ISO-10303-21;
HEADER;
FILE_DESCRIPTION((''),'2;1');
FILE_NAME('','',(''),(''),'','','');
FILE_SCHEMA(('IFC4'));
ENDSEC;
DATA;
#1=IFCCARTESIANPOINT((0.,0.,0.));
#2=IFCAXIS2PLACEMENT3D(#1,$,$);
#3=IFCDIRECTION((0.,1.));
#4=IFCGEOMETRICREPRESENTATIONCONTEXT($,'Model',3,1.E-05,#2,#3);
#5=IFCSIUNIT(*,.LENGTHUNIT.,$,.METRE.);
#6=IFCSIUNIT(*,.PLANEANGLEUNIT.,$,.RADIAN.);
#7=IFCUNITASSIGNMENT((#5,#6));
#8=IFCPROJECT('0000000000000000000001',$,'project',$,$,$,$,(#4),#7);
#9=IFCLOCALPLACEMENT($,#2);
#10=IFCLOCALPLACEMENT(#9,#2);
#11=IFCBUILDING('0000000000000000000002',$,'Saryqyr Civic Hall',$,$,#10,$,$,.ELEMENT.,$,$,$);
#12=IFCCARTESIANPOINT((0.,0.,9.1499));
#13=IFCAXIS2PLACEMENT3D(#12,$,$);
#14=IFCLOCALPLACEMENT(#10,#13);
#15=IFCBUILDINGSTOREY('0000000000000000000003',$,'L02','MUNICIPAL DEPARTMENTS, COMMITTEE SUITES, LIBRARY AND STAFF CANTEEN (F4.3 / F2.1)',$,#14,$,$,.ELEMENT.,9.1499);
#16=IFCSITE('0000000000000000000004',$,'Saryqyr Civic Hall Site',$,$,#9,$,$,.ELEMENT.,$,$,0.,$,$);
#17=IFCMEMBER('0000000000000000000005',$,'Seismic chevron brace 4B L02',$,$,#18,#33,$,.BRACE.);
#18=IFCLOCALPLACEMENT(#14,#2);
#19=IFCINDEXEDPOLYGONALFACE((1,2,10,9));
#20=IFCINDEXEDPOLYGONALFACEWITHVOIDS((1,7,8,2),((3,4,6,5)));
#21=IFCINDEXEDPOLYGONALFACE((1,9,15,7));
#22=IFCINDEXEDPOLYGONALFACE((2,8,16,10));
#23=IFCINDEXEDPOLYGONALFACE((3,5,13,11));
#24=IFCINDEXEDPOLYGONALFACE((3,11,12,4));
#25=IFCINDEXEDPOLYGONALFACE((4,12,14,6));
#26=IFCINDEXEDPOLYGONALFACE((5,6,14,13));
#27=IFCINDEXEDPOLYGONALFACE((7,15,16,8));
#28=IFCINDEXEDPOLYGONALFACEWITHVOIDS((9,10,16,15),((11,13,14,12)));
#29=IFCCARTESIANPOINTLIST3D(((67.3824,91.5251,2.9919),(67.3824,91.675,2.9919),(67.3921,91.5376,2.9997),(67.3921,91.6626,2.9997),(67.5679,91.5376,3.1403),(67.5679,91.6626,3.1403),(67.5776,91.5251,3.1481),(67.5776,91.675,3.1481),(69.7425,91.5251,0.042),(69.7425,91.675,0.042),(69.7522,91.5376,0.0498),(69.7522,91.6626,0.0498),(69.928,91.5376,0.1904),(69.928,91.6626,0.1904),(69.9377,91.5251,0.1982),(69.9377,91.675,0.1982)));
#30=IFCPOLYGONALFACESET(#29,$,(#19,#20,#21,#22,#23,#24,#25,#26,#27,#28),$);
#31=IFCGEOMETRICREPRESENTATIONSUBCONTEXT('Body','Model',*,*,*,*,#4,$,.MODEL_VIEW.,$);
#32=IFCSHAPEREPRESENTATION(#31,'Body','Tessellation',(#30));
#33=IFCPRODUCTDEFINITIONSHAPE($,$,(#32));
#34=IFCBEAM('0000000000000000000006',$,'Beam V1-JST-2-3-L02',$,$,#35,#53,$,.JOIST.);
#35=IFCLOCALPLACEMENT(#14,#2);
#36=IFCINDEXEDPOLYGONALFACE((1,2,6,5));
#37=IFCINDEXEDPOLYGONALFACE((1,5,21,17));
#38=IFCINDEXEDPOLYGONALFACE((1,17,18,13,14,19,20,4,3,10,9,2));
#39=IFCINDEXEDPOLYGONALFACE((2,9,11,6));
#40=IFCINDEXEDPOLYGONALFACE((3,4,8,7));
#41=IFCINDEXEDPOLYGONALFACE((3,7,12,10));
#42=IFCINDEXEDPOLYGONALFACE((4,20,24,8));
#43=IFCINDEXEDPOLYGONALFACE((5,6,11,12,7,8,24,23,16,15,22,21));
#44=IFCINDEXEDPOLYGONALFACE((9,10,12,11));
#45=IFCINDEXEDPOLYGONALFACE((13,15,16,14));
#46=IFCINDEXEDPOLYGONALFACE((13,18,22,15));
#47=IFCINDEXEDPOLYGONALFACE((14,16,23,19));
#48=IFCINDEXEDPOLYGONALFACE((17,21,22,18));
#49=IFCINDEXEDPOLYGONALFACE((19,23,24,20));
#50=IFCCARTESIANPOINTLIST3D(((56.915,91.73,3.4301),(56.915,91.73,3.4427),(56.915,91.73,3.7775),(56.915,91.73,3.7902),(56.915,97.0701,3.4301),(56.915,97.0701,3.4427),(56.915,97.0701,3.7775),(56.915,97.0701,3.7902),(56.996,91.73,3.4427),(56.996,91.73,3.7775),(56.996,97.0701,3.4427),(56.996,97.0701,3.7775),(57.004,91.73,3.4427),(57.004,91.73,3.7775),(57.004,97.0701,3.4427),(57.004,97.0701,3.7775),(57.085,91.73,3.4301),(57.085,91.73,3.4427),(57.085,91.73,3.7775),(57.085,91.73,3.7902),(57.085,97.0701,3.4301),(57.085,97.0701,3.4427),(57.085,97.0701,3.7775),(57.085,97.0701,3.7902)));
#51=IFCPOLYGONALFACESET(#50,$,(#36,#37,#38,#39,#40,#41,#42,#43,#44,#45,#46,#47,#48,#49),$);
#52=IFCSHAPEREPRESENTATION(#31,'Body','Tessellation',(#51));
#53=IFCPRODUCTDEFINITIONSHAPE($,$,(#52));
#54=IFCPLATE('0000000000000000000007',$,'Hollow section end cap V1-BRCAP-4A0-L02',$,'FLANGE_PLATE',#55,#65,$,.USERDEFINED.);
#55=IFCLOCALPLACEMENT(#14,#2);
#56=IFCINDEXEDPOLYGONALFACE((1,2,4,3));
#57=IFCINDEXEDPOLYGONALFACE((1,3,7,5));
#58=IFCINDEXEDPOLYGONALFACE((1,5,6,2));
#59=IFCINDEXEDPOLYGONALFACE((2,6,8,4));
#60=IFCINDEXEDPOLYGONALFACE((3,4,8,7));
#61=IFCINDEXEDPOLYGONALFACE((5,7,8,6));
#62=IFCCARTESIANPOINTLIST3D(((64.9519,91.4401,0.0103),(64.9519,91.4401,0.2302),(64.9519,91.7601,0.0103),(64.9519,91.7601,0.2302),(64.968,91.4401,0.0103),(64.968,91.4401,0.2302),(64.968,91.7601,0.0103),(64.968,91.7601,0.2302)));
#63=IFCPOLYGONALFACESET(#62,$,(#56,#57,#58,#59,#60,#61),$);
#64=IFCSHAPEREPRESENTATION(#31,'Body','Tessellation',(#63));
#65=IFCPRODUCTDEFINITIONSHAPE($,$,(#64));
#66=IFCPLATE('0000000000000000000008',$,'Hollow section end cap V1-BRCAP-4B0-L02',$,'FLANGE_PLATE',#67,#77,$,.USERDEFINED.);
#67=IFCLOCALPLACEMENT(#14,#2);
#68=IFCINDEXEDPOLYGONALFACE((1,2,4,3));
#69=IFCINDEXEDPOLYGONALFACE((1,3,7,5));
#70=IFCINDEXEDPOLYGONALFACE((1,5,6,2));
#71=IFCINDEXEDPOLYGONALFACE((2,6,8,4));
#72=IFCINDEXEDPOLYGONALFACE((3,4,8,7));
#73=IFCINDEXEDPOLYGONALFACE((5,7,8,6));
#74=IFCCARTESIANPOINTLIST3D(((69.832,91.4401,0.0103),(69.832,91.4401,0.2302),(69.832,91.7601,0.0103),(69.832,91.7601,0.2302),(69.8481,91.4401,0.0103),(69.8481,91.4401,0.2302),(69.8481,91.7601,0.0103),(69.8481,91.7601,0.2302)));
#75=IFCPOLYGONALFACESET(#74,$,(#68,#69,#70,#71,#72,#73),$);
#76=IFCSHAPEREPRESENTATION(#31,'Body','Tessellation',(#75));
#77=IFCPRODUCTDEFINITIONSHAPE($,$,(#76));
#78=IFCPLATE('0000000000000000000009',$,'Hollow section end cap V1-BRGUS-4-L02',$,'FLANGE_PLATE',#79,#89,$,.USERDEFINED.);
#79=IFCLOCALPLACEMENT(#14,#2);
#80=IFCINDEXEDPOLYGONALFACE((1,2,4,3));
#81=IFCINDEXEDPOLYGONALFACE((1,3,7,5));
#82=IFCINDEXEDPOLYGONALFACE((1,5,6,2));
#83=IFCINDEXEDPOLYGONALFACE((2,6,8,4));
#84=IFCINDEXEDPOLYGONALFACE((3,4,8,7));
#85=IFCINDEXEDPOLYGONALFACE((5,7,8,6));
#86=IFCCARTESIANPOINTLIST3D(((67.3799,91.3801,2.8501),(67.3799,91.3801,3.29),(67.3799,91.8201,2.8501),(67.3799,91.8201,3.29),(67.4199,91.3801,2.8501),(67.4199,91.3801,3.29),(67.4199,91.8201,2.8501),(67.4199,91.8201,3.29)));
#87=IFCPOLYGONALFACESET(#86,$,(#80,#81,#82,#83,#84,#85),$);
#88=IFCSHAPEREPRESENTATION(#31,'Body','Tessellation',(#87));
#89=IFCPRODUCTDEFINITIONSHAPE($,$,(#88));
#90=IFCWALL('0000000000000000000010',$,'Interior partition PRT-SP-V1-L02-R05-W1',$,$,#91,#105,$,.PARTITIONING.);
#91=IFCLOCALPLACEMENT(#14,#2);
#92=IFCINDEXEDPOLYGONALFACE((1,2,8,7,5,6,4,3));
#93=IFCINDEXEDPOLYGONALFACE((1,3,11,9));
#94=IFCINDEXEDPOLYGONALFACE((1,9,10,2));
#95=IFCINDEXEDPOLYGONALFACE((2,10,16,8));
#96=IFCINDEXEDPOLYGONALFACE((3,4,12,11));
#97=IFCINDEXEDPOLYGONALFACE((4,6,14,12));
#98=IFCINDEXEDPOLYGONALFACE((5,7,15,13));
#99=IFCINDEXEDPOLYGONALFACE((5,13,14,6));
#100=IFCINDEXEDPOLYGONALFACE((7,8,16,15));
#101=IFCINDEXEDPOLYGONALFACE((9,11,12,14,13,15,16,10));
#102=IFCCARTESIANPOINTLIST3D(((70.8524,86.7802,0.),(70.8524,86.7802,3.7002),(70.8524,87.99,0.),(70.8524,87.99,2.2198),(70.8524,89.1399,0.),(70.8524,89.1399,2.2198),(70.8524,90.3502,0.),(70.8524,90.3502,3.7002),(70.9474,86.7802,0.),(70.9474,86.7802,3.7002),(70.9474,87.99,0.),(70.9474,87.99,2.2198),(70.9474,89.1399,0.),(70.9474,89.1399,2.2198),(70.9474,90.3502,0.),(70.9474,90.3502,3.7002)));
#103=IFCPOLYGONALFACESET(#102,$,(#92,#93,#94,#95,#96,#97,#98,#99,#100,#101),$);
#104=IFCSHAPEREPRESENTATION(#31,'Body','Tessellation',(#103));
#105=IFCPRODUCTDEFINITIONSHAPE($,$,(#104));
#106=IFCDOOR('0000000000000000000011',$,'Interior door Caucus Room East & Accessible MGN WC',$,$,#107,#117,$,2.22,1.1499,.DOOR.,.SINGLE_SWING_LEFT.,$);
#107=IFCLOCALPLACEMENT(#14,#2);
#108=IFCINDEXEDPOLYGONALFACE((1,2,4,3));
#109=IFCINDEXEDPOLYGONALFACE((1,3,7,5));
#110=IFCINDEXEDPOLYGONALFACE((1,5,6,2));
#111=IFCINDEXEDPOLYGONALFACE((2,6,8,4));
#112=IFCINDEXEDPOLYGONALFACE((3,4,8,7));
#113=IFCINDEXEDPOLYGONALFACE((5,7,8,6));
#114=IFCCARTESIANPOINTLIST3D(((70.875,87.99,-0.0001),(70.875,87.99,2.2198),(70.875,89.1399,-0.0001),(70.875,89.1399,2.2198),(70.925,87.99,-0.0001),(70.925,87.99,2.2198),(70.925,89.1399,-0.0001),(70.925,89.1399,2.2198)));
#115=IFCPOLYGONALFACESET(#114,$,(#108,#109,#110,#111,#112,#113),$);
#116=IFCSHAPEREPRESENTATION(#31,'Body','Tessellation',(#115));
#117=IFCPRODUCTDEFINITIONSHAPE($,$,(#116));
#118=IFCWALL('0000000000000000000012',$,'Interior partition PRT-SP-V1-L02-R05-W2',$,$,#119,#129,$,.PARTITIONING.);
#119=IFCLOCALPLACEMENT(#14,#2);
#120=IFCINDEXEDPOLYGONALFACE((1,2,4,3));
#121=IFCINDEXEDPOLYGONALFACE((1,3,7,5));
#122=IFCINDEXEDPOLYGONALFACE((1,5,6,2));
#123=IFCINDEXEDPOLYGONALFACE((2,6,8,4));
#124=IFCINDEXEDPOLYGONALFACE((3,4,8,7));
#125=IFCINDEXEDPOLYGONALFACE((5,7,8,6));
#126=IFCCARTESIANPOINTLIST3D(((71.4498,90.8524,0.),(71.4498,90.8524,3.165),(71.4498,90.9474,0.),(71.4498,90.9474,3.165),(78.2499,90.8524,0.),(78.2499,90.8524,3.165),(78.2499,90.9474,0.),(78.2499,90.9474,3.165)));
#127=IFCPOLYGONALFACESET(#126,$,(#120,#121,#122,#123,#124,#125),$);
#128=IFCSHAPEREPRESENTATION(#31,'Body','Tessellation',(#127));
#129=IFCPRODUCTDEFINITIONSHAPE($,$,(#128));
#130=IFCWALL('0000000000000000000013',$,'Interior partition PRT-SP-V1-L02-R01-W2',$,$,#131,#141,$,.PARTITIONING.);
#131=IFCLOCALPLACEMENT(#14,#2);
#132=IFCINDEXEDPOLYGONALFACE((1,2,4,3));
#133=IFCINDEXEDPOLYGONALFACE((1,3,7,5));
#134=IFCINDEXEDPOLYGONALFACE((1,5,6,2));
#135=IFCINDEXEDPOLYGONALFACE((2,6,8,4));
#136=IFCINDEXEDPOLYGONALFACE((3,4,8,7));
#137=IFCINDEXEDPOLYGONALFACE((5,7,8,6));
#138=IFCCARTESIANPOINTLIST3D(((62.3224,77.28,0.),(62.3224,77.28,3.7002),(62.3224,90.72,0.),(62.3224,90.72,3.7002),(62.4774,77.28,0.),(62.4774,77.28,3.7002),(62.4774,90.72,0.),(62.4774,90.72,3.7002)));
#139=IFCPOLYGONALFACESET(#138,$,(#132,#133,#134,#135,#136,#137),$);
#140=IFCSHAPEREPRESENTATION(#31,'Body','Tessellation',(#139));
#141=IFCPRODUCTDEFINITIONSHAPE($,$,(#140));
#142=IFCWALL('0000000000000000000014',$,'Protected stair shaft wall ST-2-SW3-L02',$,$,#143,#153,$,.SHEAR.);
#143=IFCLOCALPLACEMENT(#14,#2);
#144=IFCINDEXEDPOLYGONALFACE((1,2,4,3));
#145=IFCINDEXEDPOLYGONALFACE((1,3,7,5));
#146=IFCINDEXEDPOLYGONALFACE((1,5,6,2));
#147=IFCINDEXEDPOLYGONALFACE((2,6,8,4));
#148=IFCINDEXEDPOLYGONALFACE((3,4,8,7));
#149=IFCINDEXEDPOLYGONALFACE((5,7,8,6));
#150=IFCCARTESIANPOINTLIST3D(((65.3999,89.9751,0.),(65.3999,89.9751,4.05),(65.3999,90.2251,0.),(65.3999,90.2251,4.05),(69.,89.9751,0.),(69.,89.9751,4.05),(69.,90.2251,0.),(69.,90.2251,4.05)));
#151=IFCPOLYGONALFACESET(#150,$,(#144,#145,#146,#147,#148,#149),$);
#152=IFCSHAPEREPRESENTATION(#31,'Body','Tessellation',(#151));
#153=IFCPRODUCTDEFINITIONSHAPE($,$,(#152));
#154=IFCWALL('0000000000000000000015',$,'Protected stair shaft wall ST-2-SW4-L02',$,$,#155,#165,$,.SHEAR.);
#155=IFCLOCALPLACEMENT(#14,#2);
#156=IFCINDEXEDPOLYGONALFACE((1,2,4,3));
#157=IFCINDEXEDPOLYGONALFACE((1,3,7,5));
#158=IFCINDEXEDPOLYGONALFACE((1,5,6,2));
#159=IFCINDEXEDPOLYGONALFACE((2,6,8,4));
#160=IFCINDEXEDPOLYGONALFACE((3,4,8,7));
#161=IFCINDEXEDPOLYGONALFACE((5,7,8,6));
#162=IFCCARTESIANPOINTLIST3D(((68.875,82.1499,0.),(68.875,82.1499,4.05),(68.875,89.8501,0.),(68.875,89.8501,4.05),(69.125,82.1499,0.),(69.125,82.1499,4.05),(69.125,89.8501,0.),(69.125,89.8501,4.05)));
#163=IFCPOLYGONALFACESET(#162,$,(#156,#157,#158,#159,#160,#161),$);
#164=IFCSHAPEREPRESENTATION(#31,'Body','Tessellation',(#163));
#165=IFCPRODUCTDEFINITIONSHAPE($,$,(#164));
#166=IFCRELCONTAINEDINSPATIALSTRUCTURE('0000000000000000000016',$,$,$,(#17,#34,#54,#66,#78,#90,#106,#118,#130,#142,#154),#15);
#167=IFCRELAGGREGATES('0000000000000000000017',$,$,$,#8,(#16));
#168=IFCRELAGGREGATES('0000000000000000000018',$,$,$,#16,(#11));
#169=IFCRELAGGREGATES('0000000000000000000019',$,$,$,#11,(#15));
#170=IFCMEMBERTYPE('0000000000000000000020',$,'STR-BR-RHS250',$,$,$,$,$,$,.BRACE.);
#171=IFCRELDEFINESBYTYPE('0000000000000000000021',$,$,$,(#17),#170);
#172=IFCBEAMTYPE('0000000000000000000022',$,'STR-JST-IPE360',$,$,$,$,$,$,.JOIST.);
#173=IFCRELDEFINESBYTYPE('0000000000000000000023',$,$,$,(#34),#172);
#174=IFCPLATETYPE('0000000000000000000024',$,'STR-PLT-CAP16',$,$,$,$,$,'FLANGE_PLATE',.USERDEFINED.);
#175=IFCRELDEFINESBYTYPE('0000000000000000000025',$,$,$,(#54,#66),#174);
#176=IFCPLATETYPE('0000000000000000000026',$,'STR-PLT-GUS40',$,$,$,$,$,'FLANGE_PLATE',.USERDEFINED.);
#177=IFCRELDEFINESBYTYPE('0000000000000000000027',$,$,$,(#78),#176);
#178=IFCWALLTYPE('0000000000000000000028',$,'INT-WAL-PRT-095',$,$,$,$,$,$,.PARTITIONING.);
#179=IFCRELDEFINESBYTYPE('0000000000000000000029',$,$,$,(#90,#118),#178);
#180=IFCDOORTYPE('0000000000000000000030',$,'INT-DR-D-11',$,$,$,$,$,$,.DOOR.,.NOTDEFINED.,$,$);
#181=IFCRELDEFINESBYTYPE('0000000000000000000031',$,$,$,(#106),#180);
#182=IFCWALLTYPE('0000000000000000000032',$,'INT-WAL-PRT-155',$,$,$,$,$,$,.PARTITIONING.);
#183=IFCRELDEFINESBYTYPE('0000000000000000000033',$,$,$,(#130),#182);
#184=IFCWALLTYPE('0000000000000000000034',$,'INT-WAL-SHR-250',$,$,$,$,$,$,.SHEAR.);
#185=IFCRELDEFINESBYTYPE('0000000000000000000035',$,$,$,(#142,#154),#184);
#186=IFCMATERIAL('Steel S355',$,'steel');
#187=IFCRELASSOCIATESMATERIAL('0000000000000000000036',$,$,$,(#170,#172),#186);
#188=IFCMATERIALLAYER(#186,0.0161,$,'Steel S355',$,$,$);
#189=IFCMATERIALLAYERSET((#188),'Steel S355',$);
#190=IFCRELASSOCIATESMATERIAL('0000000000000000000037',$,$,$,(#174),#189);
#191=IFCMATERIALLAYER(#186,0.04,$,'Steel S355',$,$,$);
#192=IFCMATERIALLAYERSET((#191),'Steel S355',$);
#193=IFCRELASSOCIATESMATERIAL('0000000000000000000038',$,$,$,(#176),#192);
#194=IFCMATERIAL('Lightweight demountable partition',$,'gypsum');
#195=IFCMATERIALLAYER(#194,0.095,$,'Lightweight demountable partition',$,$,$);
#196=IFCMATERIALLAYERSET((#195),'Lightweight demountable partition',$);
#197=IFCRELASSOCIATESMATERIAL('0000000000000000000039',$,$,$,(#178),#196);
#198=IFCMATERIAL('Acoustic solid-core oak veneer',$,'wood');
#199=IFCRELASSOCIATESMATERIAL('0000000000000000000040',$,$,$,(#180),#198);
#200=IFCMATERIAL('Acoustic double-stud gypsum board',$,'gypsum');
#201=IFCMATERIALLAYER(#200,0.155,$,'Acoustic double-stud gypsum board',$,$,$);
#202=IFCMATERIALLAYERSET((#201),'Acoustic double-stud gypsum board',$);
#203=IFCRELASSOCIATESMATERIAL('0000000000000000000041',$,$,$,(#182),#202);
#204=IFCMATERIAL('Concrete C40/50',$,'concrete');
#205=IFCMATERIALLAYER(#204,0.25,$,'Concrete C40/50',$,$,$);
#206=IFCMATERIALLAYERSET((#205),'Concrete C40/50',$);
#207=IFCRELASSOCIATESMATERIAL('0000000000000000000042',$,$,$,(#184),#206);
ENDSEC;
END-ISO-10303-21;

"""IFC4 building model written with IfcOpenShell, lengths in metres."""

from ifc_helpers import new_model, si_unit, direction, frame, frame_2d, origin, origin_2d, place, context, subcontext, project, spatial, rectangle, hollow_rectangle, i_section, extrude, material, layer, layer_set, material_profile, profile_set, type_object, element, fill, save


model = new_model("IFC4")

# Units and contexts
model_context = context("Model", 3, precision=1e-05, world=origin(), true_north=direction((0.0, 1.0)))
body_context = subcontext(model_context, "Body", "Model", "MODEL_VIEW")
ifc_project = project(units=[si_unit("LENGTHUNIT", "METRE"), si_unit("PLANEANGLEUNIT", "RADIAN")], contexts=[model_context])

# Site, building, storey
site_placement = place(None, origin())
site = spatial("IfcSite", under=ifc_project, at=site_placement, Name="Saryqyr Civic Hall Site", CompositionType="ELEMENT", RefElevation=0.0)
building_placement = place(site_placement, origin())
building = spatial("IfcBuilding", under=site, at=building_placement, Name="Saryqyr Civic Hall", CompositionType="ELEMENT")
storey_placement = place(building_placement, frame((0.0, 0.0, 9.1499)))
storey = spatial("IfcBuildingStorey", under=building, at=storey_placement, Name="L02", Description="MUNICIPAL DEPARTMENTS, COMMITTEE SUITES, LIBRARY AND STAFF CANTEEN (F4.3 / F2.1)", CompositionType="ELEMENT", Elevation=9.1499)

# Shared definitions
ifc_material_1 = material(Name="Concrete C40/50", Category="concrete")

# Member
ifc_material_2 = material(Name="Steel S355", Category="steel")
ifc_material_profile_1 = material_profile(ifc_material_2, hollow_rectangle(XDim=0.1499, YDim=0.25, WallThickness=0.0125, at=origin_2d()), Name="RHS 250x150x12.5")
ifc_profile_set_1 = profile_set([ifc_material_profile_1], Name="Steel S355")
member_type = type_object("IfcMemberType", Name="STR-BR-RHS250", PredefinedType="BRACE", material=ifc_profile_set_1)
for number, where, z_axis, x_axis, name in (
    (1, (69.8401, 91.6001, 0.1201), (-0.624719, 0.0, 0.78085), (0.0, -1.0, 0.0), "Seismic chevron brace 4B L02"),
):
    element("IfcMember", number, at=place(storey_placement, frame(where, z_axis=z_axis, x_axis=x_axis)), inside=storey, type_object=member_type, Name=name, PredefinedType="BRACE", context=body_context, shape_type="SweptSolid", body=[
        extrude(hollow_rectangle(XDim=0.1499, YDim=0.25, WallThickness=0.0125, at=origin_2d()), origin(), (0.0, 0.0, 1.0), 3.7778),
    ])

# Beam
ifc_material_profile_2 = material_profile(ifc_material_2, i_section(OverallWidth=0.1699, OverallDepth=0.3601, WebThickness=0.0081, FlangeThickness=0.0127, at=origin_2d()), Name="IPE 360")
ifc_profile_set_2 = profile_set([ifc_material_profile_2], Name="Steel S355")
beam_type_1 = type_object("IfcBeamType", Name="STR-JST-IPE360", PredefinedType="JOIST", material=ifc_profile_set_2)
beam_1_placement = place(storey_placement, frame((57.0, 91.73, 3.6101), z_axis=(0.0, 1.0, 0.0), x_axis=(-1.0, 0.0, 0.0)))
element("IfcBeam", 2, at=beam_1_placement, inside=storey, type_object=beam_type_1, Name="Beam V1-JST-2-3-L02", PredefinedType="JOIST", context=body_context, shape_type="SweptSolid", body=[
    extrude(i_section(OverallWidth=0.1699, OverallDepth=0.3601, WebThickness=0.0081, FlangeThickness=0.0127, at=origin_2d()), origin(), (0.0, 0.0, 1.0), 5.3401),
])

# Plates
ifc_layer_1 = layer(ifc_material_2, 0.0161, Name="Steel S355")
ifc_layer_set_1 = layer_set([ifc_layer_1], Name="Steel S355")
plate_type_1 = type_object("IfcPlateType", Name="STR-PLT-CAP16", ElementType="FLANGE_PLATE", PredefinedType="USERDEFINED", material=ifc_layer_set_1)
for number, where, z_axis, x_axis, name in (
    (3, (64.96, 91.6001, 0.0103), (0.0, 0.0, 1.0), (1.0, 0.0, 0.0), "Hollow section end cap V1-BRCAP-4A0-L02"),
    (4, (69.8401, 91.6001, 0.0103), (0.0, 0.0, 1.0), (1.0, 0.0, 0.0), "Hollow section end cap V1-BRCAP-4B0-L02"),
):
    element("IfcPlate", number, at=place(storey_placement, frame(where, z_axis=z_axis, x_axis=x_axis)), inside=storey, type_object=plate_type_1, Name=name, ObjectType="FLANGE_PLATE", PredefinedType="USERDEFINED", context=body_context, shape_type="SweptSolid", body=[
        extrude(rectangle(XDim=0.0161, YDim=0.3201, at=origin_2d()), origin(), (0.0, 0.0, 1.0), 0.22),
    ])
ifc_layer_2 = layer(ifc_material_2, 0.04, Name="Steel S355")
ifc_layer_set_2 = layer_set([ifc_layer_2], Name="Steel S355")
plate_type_2 = type_object("IfcPlateType", Name="STR-PLT-GUS40", ElementType="FLANGE_PLATE", PredefinedType="USERDEFINED", material=ifc_layer_set_2)
plate_placement = place(storey_placement, frame((67.3999, 91.6001, 2.8501), z_axis=(0.0, 0.0, 1.0), x_axis=(1.0, 0.0, 0.0)))
element("IfcPlate", 5, at=plate_placement, inside=storey, type_object=plate_type_2, Name="Hollow section end cap V1-BRGUS-4-L02", ObjectType="FLANGE_PLATE", PredefinedType="USERDEFINED", context=body_context, shape_type="SweptSolid", body=[
    extrude(rectangle(XDim=0.04, YDim=0.4399, at=origin_2d()), origin(), (0.0, 0.0, 1.0), 0.4399),
])

# Wall, opening, door
ifc_material_3 = material(Name="Lightweight demountable partition", Category="gypsum")
ifc_layer_3 = layer(ifc_material_3, 0.095, Name="Lightweight demountable partition")
ifc_layer_set_3 = layer_set([ifc_layer_3], Name="Lightweight demountable partition")
wall_type_1 = type_object("IfcWallType", Name="INT-WAL-PRT-095", PredefinedType="PARTITIONING", material=ifc_layer_set_3)
wall_1_placement = place(storey_placement, frame((70.8999, 86.78, 0.0), z_axis=(0.0, 0.0, 1.0), x_axis=(0.0, 1.0, 0.0)))
wall_1 = element("IfcWall", 6, at=wall_1_placement, inside=storey, type_object=wall_type_1, Name="Interior partition PRT-SP-V1-L02-R05-W1", PredefinedType="PARTITIONING", context=body_context, shape_type="SweptSolid", body=[
    extrude(rectangle(XDim=3.5701, YDim=0.095, at=frame_2d((1.7852, 0.0))), origin(), (0.0, 0.0, 1.0), 3.7002),
])
opening_1_placement = place(wall_1_placement, frame((1.21, 0.0, 0.0)))
opening_1 = element("IfcOpeningElement", 7, at=opening_1_placement, cuts=wall_1, PredefinedType="OPENING", context=body_context, shape_type="SweptSolid", body=[
    extrude(rectangle(XDim=1.1499, YDim=2.22, at=frame_2d((0.575, 1.1099))), frame((0.0, 0.0574, 0.0), z_axis=(0.0, -1.0, 0.0), x_axis=(1.0, 0.0, 0.0)), (0.0, 0.0, 1.0), 0.115),
])
ifc_material_4 = material(Name="Acoustic solid-core oak veneer", Category="wood")
door_type_1 = type_object("IfcDoorType", Name="INT-DR-D-11", OperationType="NOTDEFINED", PredefinedType="DOOR", material=ifc_material_4)
door_1_placement = place(opening_1_placement, origin())
door_1 = element("IfcDoor", 8, at=door_1_placement, inside=storey, type_object=door_type_1, Name="Interior door Caucus Room East & Accessible MGN WC", OperationType="SINGLE_SWING_LEFT", OverallHeight=2.22, OverallWidth=1.1499, PredefinedType="DOOR", context=body_context, shape_type="SweptSolid", body=[
    extrude(rectangle(XDim=1.1499, YDim=2.22, at=frame_2d((0.575, 1.1099))), frame((0.0, 0.0249, 0.0), z_axis=(0.0, -1.0, 0.0), x_axis=(1.0, 0.0, 0.0)), (0.0, 0.0, 1.0), 0.05),
])
fill(opening_1, door_1)

# Walls
wall_2_placement = place(storey_placement, frame((71.45, 90.8999, 0.0), z_axis=(0.0, 0.0, 1.0), x_axis=(1.0, 0.0, 0.0)))
element("IfcWall", 9, at=wall_2_placement, inside=storey, type_object=wall_type_1, Name="Interior partition PRT-SP-V1-L02-R05-W2", PredefinedType="PARTITIONING", context=body_context, shape_type="SweptSolid", body=[
    extrude(rectangle(XDim=6.8, YDim=0.095, at=frame_2d((3.3999, 0.0))), origin(), (0.0, 0.0, 1.0), 3.165),
])
ifc_material_5 = material(Name="Acoustic double-stud gypsum board", Category="gypsum")
ifc_layer_4 = layer(ifc_material_5, 0.155, Name="Acoustic double-stud gypsum board")
ifc_layer_set_4 = layer_set([ifc_layer_4], Name="Acoustic double-stud gypsum board")
wall_type_2 = type_object("IfcWallType", Name="INT-WAL-PRT-155", PredefinedType="PARTITIONING", material=ifc_layer_set_4)
wall_3_placement = place(storey_placement, frame((62.3999, 90.72, 0.0), z_axis=(0.0, 0.0, 1.0), x_axis=(0.0, -1.0, 0.0)))
element("IfcWall", 10, at=wall_3_placement, inside=storey, type_object=wall_type_2, Name="Interior partition PRT-SP-V1-L02-R01-W2", PredefinedType="PARTITIONING", context=body_context, shape_type="SweptSolid", body=[
    extrude(rectangle(XDim=13.4399, YDim=0.155, at=frame_2d((6.72, 0.0))), origin(), (0.0, 0.0, 1.0), 3.7002),
])

# Walls
ifc_layer_5 = layer(ifc_material_1, 0.25, Name="Concrete C40/50")
ifc_layer_set_5 = layer_set([ifc_layer_5], Name="Concrete C40/50")
wall_type_3 = type_object("IfcWallType", Name="INT-WAL-SHR-250", PredefinedType="SHEAR", material=ifc_layer_set_5)
wall_4_placement = place(storey_placement, frame((65.3999, 90.1001, 0.0), z_axis=(0.0, 0.0, 1.0), x_axis=(1.0, 0.0, 0.0)))
element("IfcWall", 11, at=wall_4_placement, inside=storey, type_object=wall_type_3, Name="Protected stair shaft wall ST-2-SW3-L02", PredefinedType="SHEAR", context=body_context, shape_type="SweptSolid", body=[
    extrude(rectangle(XDim=3.6001, YDim=0.25, at=frame_2d((1.8, 0.0))), origin(), (0.0, 0.0, 1.0), 4.05),
])
wall_5_placement = place(storey_placement, frame((69.0, 89.8501, 0.0), z_axis=(0.0, 0.0, 1.0), x_axis=(0.0, -1.0, 0.0)))
element("IfcWall", 12, at=wall_5_placement, inside=storey, type_object=wall_type_3, Name="Protected stair shaft wall ST-2-SW4-L02", PredefinedType="SHEAR", context=body_context, shape_type="SweptSolid", body=[
    extrude(rectangle(XDim=7.7002, YDim=0.25, at=frame_2d((3.8501, 0.0))), origin(), (0.0, 0.0, 1.0), 4.05),
])

save(model, "model.ifc")
